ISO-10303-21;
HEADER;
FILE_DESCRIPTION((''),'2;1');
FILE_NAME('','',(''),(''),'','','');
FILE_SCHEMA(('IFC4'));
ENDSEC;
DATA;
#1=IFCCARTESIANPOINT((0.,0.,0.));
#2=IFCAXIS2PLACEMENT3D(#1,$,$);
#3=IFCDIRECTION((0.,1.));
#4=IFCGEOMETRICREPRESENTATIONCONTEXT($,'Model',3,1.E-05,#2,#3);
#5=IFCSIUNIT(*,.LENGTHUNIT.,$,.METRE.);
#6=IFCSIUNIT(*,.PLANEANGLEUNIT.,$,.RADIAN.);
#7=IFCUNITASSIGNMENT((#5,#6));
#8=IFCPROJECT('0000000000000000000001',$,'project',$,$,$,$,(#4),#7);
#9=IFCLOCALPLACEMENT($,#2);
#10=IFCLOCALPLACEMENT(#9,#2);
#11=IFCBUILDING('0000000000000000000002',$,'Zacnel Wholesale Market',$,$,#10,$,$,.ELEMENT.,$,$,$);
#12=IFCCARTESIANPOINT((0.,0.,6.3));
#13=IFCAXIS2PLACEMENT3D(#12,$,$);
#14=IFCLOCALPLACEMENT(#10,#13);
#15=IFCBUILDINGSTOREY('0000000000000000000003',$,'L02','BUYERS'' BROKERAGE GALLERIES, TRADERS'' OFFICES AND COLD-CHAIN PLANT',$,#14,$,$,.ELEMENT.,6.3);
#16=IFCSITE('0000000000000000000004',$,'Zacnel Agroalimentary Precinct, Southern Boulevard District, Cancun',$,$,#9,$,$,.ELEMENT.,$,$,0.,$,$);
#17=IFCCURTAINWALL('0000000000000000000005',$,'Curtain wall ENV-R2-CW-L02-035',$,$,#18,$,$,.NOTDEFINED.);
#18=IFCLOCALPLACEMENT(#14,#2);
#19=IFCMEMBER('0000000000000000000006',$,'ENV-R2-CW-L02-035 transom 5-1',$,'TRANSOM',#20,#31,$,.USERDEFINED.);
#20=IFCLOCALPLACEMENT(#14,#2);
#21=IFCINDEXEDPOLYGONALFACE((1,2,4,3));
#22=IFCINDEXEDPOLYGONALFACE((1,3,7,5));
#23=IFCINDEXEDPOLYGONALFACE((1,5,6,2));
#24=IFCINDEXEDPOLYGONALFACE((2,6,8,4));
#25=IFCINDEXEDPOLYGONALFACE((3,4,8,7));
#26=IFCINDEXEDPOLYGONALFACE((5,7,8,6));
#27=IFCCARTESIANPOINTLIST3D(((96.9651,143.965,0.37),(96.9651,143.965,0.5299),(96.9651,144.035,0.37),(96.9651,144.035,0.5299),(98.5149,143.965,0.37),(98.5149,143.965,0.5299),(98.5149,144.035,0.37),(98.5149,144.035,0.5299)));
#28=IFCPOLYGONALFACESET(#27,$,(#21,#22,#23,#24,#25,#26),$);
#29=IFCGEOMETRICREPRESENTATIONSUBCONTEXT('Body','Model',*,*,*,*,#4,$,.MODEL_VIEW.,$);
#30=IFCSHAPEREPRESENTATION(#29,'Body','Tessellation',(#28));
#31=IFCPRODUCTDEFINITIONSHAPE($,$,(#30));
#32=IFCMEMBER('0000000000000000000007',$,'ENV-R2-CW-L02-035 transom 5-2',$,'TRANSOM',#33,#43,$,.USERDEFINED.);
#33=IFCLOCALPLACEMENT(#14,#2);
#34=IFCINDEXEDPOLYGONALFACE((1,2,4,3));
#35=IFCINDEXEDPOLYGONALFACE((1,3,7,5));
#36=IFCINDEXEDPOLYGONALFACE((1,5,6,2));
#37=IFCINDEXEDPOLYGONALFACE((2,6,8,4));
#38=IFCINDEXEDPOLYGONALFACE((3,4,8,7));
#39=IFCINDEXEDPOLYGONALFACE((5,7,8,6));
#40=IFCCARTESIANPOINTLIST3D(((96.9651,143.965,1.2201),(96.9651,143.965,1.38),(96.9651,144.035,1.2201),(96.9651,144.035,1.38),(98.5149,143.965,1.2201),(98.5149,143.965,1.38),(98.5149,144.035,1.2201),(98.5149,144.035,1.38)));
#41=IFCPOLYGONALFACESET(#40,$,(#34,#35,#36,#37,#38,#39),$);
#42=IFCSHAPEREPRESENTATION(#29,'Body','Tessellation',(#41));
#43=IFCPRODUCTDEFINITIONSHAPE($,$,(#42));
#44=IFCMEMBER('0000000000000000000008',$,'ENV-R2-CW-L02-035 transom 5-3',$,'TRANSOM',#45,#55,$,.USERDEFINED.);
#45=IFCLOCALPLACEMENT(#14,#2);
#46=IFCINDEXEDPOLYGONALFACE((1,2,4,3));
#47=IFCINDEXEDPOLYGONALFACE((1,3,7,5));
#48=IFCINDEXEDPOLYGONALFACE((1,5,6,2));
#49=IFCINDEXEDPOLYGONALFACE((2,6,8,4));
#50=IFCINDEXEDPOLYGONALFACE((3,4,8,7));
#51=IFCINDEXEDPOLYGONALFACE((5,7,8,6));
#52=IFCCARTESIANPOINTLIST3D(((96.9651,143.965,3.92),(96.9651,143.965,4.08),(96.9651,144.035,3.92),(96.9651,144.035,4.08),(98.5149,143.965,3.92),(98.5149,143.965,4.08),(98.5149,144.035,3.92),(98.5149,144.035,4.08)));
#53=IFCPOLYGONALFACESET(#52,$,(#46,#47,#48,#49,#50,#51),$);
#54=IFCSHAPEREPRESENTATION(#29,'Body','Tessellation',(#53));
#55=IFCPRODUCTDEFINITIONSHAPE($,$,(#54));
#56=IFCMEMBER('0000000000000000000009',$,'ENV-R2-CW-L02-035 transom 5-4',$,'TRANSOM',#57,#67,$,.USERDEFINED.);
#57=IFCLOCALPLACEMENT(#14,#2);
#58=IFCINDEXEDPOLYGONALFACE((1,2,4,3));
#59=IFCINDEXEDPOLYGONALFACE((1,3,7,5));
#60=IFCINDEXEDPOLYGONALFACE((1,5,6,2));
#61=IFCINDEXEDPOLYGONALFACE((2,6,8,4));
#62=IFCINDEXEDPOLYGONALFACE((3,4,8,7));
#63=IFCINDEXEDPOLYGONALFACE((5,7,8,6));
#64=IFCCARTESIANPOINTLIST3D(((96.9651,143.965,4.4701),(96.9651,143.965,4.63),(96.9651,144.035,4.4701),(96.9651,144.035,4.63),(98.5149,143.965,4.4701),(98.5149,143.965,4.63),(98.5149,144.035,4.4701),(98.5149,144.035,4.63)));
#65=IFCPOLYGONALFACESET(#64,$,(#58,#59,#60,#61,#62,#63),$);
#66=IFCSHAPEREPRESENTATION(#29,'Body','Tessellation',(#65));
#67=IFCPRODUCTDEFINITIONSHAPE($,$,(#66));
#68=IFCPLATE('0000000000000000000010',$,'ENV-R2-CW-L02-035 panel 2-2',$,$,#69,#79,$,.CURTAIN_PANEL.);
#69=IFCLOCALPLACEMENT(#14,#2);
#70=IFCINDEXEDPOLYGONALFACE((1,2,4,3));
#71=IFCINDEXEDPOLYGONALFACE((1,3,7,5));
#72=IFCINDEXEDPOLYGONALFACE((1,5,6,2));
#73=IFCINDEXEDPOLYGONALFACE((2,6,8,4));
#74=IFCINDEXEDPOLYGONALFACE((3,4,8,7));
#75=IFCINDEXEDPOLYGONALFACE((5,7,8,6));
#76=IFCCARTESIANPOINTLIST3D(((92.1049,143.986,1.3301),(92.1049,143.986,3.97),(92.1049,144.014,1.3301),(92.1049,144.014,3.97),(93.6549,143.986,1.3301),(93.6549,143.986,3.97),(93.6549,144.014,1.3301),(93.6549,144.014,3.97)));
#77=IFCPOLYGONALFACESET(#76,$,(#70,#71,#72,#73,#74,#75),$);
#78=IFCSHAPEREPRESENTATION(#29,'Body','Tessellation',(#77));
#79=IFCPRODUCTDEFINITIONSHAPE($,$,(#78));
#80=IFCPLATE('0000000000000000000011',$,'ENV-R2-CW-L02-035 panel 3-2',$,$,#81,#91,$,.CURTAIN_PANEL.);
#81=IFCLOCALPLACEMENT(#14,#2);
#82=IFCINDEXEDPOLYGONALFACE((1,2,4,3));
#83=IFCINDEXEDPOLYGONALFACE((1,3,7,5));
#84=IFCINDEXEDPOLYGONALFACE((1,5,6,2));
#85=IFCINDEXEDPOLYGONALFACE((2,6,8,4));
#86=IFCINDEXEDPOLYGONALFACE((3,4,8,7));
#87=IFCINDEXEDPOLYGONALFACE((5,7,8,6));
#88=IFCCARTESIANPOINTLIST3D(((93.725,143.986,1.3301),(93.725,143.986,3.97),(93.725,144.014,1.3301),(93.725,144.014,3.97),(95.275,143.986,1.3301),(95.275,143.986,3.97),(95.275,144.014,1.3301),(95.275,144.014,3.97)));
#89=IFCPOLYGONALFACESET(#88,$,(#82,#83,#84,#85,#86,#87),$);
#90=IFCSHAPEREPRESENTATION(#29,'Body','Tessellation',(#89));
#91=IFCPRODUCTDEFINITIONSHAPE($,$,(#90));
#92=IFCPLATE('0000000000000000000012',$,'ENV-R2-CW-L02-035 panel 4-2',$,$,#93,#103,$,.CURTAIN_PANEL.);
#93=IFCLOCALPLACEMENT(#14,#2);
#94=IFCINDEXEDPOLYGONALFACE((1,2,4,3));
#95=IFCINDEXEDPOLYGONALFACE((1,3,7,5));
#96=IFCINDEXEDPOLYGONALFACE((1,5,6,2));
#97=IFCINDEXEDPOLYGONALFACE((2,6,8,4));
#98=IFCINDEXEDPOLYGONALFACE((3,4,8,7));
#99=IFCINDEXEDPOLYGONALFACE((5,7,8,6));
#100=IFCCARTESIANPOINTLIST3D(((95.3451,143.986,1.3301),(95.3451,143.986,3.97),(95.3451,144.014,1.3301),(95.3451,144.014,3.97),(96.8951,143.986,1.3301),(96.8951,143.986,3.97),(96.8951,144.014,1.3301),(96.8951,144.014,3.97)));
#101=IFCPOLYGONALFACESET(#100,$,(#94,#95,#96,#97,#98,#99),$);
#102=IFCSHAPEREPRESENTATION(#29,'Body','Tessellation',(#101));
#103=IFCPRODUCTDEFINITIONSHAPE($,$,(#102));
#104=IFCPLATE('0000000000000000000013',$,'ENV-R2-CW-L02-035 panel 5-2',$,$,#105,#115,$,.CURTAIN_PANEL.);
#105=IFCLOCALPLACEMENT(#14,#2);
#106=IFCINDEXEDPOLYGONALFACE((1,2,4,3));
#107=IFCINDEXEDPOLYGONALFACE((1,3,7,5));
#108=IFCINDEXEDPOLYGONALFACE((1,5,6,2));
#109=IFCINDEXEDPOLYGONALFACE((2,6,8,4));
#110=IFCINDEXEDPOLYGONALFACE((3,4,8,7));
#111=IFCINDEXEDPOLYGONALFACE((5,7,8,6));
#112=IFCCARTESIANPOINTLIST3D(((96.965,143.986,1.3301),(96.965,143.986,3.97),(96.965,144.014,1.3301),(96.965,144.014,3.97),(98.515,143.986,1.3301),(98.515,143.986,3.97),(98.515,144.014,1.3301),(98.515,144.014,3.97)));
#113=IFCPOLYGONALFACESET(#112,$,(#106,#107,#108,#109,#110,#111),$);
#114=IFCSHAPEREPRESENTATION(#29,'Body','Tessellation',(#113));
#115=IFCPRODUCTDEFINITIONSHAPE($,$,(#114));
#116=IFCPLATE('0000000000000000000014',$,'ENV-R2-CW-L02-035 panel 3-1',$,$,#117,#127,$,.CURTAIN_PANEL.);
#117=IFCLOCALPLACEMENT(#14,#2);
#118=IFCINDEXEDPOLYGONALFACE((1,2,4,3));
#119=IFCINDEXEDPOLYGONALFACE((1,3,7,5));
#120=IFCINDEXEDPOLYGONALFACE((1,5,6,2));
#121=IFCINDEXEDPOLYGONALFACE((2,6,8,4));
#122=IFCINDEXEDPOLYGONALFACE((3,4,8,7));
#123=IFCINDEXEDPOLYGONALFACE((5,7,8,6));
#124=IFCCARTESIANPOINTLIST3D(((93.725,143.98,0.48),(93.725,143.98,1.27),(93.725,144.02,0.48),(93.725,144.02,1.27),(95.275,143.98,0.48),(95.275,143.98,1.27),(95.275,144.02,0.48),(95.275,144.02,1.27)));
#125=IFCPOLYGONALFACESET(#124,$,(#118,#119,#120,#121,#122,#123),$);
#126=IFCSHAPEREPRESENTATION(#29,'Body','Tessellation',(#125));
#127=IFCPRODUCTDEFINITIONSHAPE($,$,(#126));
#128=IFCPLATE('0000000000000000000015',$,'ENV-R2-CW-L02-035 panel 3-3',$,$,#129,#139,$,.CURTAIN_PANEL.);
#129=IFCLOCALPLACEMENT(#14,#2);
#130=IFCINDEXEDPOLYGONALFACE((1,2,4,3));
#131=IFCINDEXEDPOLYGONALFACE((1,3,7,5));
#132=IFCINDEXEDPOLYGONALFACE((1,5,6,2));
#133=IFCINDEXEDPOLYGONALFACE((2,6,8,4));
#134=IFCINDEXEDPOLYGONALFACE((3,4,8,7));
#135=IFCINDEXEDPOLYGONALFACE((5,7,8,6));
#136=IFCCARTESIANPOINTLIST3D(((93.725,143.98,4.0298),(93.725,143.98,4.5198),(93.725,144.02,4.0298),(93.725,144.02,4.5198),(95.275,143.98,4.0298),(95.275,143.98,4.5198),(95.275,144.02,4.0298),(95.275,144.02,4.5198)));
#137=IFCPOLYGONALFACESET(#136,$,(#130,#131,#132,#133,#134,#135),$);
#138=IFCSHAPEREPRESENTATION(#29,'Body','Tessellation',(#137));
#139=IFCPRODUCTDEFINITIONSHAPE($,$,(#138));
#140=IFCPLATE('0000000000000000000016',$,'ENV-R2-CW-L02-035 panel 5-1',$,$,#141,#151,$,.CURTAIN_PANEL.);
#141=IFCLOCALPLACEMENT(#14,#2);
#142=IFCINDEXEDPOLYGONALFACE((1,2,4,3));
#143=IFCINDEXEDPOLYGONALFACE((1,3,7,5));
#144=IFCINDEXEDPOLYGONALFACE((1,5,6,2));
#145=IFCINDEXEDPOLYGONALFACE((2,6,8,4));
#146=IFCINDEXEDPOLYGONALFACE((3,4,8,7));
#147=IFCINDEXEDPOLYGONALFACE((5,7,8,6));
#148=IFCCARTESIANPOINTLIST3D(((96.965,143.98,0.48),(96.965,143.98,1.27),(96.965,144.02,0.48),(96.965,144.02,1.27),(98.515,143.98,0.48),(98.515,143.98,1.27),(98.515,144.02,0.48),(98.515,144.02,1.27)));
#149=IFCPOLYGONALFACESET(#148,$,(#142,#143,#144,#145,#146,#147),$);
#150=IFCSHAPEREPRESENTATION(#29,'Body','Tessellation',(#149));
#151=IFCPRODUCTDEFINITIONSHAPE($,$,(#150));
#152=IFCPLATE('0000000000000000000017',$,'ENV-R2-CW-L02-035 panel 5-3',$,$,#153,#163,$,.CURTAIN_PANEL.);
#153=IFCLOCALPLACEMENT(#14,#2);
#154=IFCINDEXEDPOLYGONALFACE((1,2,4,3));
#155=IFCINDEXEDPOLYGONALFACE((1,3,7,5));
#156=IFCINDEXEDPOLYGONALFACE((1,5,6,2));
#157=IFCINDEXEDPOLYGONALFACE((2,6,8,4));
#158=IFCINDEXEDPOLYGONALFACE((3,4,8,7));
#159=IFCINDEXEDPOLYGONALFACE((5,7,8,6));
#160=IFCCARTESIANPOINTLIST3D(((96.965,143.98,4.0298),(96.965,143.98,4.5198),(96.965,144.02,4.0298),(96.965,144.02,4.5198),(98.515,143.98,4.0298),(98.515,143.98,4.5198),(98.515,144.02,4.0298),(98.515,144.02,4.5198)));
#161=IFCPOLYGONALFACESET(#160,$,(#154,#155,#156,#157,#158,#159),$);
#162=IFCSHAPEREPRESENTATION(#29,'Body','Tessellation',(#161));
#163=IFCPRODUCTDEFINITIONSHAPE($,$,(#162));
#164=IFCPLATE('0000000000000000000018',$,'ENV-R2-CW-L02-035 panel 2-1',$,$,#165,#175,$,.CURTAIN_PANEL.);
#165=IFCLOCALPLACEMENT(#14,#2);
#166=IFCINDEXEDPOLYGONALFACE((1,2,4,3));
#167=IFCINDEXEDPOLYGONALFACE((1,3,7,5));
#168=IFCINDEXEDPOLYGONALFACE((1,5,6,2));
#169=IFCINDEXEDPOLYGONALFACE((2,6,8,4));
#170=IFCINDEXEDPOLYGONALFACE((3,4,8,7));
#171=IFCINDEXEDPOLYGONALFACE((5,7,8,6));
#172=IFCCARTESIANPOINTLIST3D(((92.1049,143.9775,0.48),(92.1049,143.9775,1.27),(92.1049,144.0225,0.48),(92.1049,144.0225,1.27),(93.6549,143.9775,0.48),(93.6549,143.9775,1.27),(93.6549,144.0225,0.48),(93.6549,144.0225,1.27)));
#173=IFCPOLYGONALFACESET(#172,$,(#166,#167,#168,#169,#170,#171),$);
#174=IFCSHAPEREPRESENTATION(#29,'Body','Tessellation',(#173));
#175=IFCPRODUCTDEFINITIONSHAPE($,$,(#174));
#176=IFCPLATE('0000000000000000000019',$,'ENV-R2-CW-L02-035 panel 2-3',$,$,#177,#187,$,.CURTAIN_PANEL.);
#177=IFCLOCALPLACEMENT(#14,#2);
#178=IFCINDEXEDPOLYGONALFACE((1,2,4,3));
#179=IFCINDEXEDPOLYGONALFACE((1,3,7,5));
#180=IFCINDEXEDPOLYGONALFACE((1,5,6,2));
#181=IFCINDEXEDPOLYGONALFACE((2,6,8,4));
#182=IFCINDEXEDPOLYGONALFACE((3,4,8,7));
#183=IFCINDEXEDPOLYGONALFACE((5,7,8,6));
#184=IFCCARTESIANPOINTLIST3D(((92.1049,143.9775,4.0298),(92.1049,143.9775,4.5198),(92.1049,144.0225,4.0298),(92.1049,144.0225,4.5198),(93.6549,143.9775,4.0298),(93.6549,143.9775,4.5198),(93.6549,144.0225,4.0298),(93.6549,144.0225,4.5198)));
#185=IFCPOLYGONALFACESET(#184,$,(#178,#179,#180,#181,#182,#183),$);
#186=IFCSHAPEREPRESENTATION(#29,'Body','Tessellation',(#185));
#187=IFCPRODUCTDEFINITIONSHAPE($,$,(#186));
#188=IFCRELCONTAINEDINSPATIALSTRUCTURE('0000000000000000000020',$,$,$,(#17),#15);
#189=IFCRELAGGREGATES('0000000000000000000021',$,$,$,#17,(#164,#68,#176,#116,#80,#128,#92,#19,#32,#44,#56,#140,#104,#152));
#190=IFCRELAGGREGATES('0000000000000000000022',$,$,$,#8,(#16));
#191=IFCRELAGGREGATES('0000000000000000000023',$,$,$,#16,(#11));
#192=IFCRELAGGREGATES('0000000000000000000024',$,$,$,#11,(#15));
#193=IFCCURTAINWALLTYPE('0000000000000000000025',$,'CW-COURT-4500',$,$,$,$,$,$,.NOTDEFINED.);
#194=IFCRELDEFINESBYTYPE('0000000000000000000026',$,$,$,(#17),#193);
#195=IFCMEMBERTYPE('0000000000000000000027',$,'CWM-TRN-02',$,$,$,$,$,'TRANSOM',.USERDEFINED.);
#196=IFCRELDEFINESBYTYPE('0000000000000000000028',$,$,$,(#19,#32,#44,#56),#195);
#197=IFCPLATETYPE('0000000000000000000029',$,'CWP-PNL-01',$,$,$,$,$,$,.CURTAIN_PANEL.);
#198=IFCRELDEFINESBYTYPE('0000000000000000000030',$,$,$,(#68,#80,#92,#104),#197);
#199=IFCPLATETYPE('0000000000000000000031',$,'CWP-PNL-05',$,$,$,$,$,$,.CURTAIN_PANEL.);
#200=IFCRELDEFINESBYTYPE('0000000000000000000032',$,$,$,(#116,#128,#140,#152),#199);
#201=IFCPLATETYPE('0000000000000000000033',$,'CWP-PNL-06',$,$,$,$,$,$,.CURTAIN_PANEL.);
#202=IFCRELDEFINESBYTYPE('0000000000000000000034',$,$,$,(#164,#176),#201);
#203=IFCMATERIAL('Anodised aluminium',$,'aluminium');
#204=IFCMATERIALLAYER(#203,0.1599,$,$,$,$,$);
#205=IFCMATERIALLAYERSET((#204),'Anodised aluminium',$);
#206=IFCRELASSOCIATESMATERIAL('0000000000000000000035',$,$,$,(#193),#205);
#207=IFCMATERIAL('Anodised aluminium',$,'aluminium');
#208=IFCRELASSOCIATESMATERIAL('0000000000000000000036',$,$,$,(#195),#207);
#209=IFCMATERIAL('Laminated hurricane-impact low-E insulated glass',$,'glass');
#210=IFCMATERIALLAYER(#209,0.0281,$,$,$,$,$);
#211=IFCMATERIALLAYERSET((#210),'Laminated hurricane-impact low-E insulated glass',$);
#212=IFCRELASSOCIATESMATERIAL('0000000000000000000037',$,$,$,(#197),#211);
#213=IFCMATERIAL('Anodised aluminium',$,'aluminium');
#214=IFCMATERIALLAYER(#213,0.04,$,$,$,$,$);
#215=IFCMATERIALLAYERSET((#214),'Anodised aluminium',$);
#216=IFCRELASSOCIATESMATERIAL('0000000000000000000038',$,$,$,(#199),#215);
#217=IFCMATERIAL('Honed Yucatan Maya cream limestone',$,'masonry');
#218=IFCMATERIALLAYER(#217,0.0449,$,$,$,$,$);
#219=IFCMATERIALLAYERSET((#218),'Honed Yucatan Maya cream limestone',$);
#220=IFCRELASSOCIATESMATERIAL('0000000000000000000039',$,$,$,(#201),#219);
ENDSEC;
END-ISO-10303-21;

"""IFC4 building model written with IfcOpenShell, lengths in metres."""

from ifc_helpers import new_model, si_unit, direction, frame, origin, origin_2d, place, context, subcontext, project, spatial, rectangle, extrude, material, layer, layer_set, material_profile, profile_set, type_object, element, aggregate, save


model = new_model("IFC4")

# Units and contexts
model_context = context("Model", 3, precision=1e-05, world=origin(), true_north=direction((0.0, 1.0)))
body_context = subcontext(model_context, "Body", "Model", "MODEL_VIEW")
ifc_project = project(units=[si_unit("LENGTHUNIT", "METRE"), si_unit("PLANEANGLEUNIT", "RADIAN")], contexts=[model_context])

# Site, building, storey
site_placement = place(None, origin())
site = spatial("IfcSite", under=ifc_project, at=site_placement, Name="Zacnel Agroalimentary Precinct, Southern Boulevard District, Cancun", CompositionType="ELEMENT", RefElevation=0.0)
building_placement = place(site_placement, origin())
building = spatial("IfcBuilding", under=site, at=building_placement, Name="Zacnel Wholesale Market", CompositionType="ELEMENT")
storey_placement = place(building_placement, frame((0.0, 0.0, 6.3)))
storey = spatial("IfcBuildingStorey", under=building, at=storey_placement, Name="L02", Description="BUYERS' BROKERAGE GALLERIES, TRADERS' OFFICES AND COLD-CHAIN PLANT", CompositionType="ELEMENT", Elevation=6.3)

# Curtain wall, members, plates
ifc_material_1 = material(Name="Anodised aluminium", Category="aluminium")
ifc_layer_1 = layer(ifc_material_1, 0.1599)
ifc_layer_set_1 = layer_set([ifc_layer_1], Name="Anodised aluminium")
curtain_wall_type = type_object("IfcCurtainWallType", Name="CW-COURT-4500", PredefinedType="NOTDEFINED", material=ifc_layer_set_1)
curtain_wall_placement = place(storey_placement, origin())
curtain_wall = element("IfcCurtainWall", 1, at=curtain_wall_placement, inside=storey, type_object=curtain_wall_type, Name="Curtain wall ENV-R2-CW-L02-035", PredefinedType="NOTDEFINED")
ifc_material_2 = material(Name="Anodised aluminium", Category="aluminium")
ifc_material_profile_1 = material_profile(ifc_material_2, rectangle(XDim=0.0701, YDim=0.1599, at=origin_2d()), Name="AW-TRANSOM 70x160")
ifc_profile_set_1 = profile_set([ifc_material_profile_1], Name="Anodised aluminium")
member_type_1 = type_object("IfcMemberType", Name="CWM-TRN-02", ElementType="TRANSOM", PredefinedType="USERDEFINED", material=ifc_profile_set_1)
member_1_placement = place(storey_placement, frame((96.9651, 144.0, 0.45), z_axis=(1.0, 0.0, 0.0), x_axis=(0.0, 1.0, 0.0)))
member_1 = element("IfcMember", 2, at=member_1_placement, type_object=member_type_1, Name="ENV-R2-CW-L02-035 transom 5-1", ObjectType="TRANSOM", PredefinedType="USERDEFINED", context=body_context, shape_type="SweptSolid", body=[
    extrude(rectangle(XDim=0.0701, YDim=0.1599, at=origin_2d()), origin(), (0.0, 0.0, 1.0), 1.5498),
])
member_2_placement = place(storey_placement, frame((96.9651, 144.0, 1.3), z_axis=(1.0, 0.0, 0.0), x_axis=(0.0, 1.0, 0.0)))
member_2 = element("IfcMember", 3, at=member_2_placement, type_object=member_type_1, Name="ENV-R2-CW-L02-035 transom 5-2", ObjectType="TRANSOM", PredefinedType="USERDEFINED", context=body_context, shape_type="SweptSolid", body=[
    extrude(rectangle(XDim=0.0701, YDim=0.1599, at=origin_2d()), origin(), (0.0, 0.0, 1.0), 1.5498),
])
member_3_placement = place(storey_placement, frame((96.9651, 144.0, 4.0), z_axis=(1.0, 0.0, 0.0), x_axis=(0.0, 1.0, 0.0)))
member_3 = element("IfcMember", 4, at=member_3_placement, type_object=member_type_1, Name="ENV-R2-CW-L02-035 transom 5-3", ObjectType="TRANSOM", PredefinedType="USERDEFINED", context=body_context, shape_type="SweptSolid", body=[
    extrude(rectangle(XDim=0.0701, YDim=0.1599, at=origin_2d()), origin(), (0.0, 0.0, 1.0), 1.5498),
])
member_4_placement = place(storey_placement, frame((96.9651, 144.0, 4.55), z_axis=(1.0, 0.0, 0.0), x_axis=(0.0, 1.0, 0.0)))
member_4 = element("IfcMember", 5, at=member_4_placement, type_object=member_type_1, Name="ENV-R2-CW-L02-035 transom 5-4", ObjectType="TRANSOM", PredefinedType="USERDEFINED", context=body_context, shape_type="SweptSolid", body=[
    extrude(rectangle(XDim=0.0701, YDim=0.1599, at=origin_2d()), origin(), (0.0, 0.0, 1.0), 1.5498),
])
ifc_material_3 = material(Name="Laminated hurricane-impact low-E insulated glass", Category="glass")
ifc_layer_2 = layer(ifc_material_3, 0.0281)
ifc_layer_set_2 = layer_set([ifc_layer_2], Name="Laminated hurricane-impact low-E insulated glass")
plate_type_1 = type_object("IfcPlateType", Name="CWP-PNL-01", PredefinedType="CURTAIN_PANEL", material=ifc_layer_set_2)
plate_1_placement = place(storey_placement, frame((92.8799, 144.0, 1.3301), z_axis=(0.0, 0.0, 1.0), x_axis=(1.0, 0.0, 0.0)))
plate_1 = element("IfcPlate", 6, at=plate_1_placement, type_object=plate_type_1, Name="ENV-R2-CW-L02-035 panel 2-2", PredefinedType="CURTAIN_PANEL", context=body_context, shape_type="SweptSolid", body=[
    extrude(rectangle(XDim=1.55, YDim=0.0281, at=origin_2d()), origin(), (0.0, 0.0, 1.0), 2.6399),
])
plate_2_placement = place(storey_placement, frame((94.5, 144.0, 1.3301), z_axis=(0.0, 0.0, 1.0), x_axis=(1.0, 0.0, 0.0)))
plate_2 = element("IfcPlate", 7, at=plate_2_placement, type_object=plate_type_1, Name="ENV-R2-CW-L02-035 panel 3-2", PredefinedType="CURTAIN_PANEL", context=body_context, shape_type="SweptSolid", body=[
    extrude(rectangle(XDim=1.55, YDim=0.0281, at=origin_2d()), origin(), (0.0, 0.0, 1.0), 2.6399),
])
plate_3_placement = place(storey_placement, frame((96.1201, 144.0, 1.3301), z_axis=(0.0, 0.0, 1.0), x_axis=(1.0, 0.0, 0.0)))
plate_3 = element("IfcPlate", 8, at=plate_3_placement, type_object=plate_type_1, Name="ENV-R2-CW-L02-035 panel 4-2", PredefinedType="CURTAIN_PANEL", context=body_context, shape_type="SweptSolid", body=[
    extrude(rectangle(XDim=1.55, YDim=0.0281, at=origin_2d()), origin(), (0.0, 0.0, 1.0), 2.6399),
])
plate_4_placement = place(storey_placement, frame((97.74, 144.0, 1.3301), z_axis=(0.0, 0.0, 1.0), x_axis=(1.0, 0.0, 0.0)))
plate_4 = element("IfcPlate", 9, at=plate_4_placement, type_object=plate_type_1, Name="ENV-R2-CW-L02-035 panel 5-2", PredefinedType="CURTAIN_PANEL", context=body_context, shape_type="SweptSolid", body=[
    extrude(rectangle(XDim=1.55, YDim=0.0281, at=origin_2d()), origin(), (0.0, 0.0, 1.0), 2.6399),
])
ifc_material_4 = material(Name="Anodised aluminium", Category="aluminium")
ifc_layer_3 = layer(ifc_material_4, 0.04)
ifc_layer_set_3 = layer_set([ifc_layer_3], Name="Anodised aluminium")
plate_type_2 = type_object("IfcPlateType", Name="CWP-PNL-05", PredefinedType="CURTAIN_PANEL", material=ifc_layer_set_3)
plate_5_placement = place(storey_placement, frame((94.5, 144.0, 0.48), z_axis=(0.0, 0.0, 1.0), x_axis=(1.0, 0.0, 0.0)))
plate_5 = element("IfcPlate", 10, at=plate_5_placement, type_object=plate_type_2, Name="ENV-R2-CW-L02-035 panel 3-1", PredefinedType="CURTAIN_PANEL", context=body_context, shape_type="SweptSolid", body=[
    extrude(rectangle(XDim=1.55, YDim=0.04, at=origin_2d()), origin(), (0.0, 0.0, 1.0), 0.79),
])
plate_6_placement = place(storey_placement, frame((94.5, 144.0, 4.0298), z_axis=(0.0, 0.0, 1.0), x_axis=(1.0, 0.0, 0.0)))
plate_6 = element("IfcPlate", 11, at=plate_6_placement, type_object=plate_type_2, Name="ENV-R2-CW-L02-035 panel 3-3", PredefinedType="CURTAIN_PANEL", context=body_context, shape_type="SweptSolid", body=[
    extrude(rectangle(XDim=1.55, YDim=0.04, at=origin_2d()), origin(), (0.0, 0.0, 1.0), 0.49),
])
plate_7_placement = place(storey_placement, frame((97.74, 144.0, 0.48), z_axis=(0.0, 0.0, 1.0), x_axis=(1.0, 0.0, 0.0)))
plate_7 = element("IfcPlate", 12, at=plate_7_placement, type_object=plate_type_2, Name="ENV-R2-CW-L02-035 panel 5-1", PredefinedType="CURTAIN_PANEL", context=body_context, shape_type="SweptSolid", body=[
    extrude(rectangle(XDim=1.55, YDim=0.04, at=origin_2d()), origin(), (0.0, 0.0, 1.0), 0.79),
])
plate_8_placement = place(storey_placement, frame((97.74, 144.0, 4.0298), z_axis=(0.0, 0.0, 1.0), x_axis=(1.0, 0.0, 0.0)))
plate_8 = element("IfcPlate", 13, at=plate_8_placement, type_object=plate_type_2, Name="ENV-R2-CW-L02-035 panel 5-3", PredefinedType="CURTAIN_PANEL", context=body_context, shape_type="SweptSolid", body=[
    extrude(rectangle(XDim=1.55, YDim=0.04, at=origin_2d()), origin(), (0.0, 0.0, 1.0), 0.49),
])
ifc_material_5 = material(Name="Honed Yucatan Maya cream limestone", Category="masonry")
ifc_layer_4 = layer(ifc_material_5, 0.0449)
ifc_layer_set_4 = layer_set([ifc_layer_4], Name="Honed Yucatan Maya cream limestone")
plate_type_3 = type_object("IfcPlateType", Name="CWP-PNL-06", PredefinedType="CURTAIN_PANEL", material=ifc_layer_set_4)
plate_9_placement = place(storey_placement, frame((92.8799, 144.0, 0.48), z_axis=(0.0, 0.0, 1.0), x_axis=(1.0, 0.0, 0.0)))
plate_9 = element("IfcPlate", 14, at=plate_9_placement, type_object=plate_type_3, Name="ENV-R2-CW-L02-035 panel 2-1", PredefinedType="CURTAIN_PANEL", context=body_context, shape_type="SweptSolid", body=[
    extrude(rectangle(XDim=1.55, YDim=0.0449, at=origin_2d()), origin(), (0.0, 0.0, 1.0), 0.79),
])
plate_10_placement = place(storey_placement, frame((92.8799, 144.0, 4.0298), z_axis=(0.0, 0.0, 1.0), x_axis=(1.0, 0.0, 0.0)))
plate_10 = element("IfcPlate", 15, at=plate_10_placement, type_object=plate_type_3, Name="ENV-R2-CW-L02-035 panel 2-3", PredefinedType="CURTAIN_PANEL", context=body_context, shape_type="SweptSolid", body=[
    extrude(rectangle(XDim=1.55, YDim=0.0449, at=origin_2d()), origin(), (0.0, 0.0, 1.0), 0.49),
])
aggregate(curtain_wall, [plate_9, plate_1, plate_10, plate_5, plate_2, plate_6, plate_3, member_1, member_2, member_3, member_4, plate_7, plate_4, plate_8])

save(model, "model.ifc")
